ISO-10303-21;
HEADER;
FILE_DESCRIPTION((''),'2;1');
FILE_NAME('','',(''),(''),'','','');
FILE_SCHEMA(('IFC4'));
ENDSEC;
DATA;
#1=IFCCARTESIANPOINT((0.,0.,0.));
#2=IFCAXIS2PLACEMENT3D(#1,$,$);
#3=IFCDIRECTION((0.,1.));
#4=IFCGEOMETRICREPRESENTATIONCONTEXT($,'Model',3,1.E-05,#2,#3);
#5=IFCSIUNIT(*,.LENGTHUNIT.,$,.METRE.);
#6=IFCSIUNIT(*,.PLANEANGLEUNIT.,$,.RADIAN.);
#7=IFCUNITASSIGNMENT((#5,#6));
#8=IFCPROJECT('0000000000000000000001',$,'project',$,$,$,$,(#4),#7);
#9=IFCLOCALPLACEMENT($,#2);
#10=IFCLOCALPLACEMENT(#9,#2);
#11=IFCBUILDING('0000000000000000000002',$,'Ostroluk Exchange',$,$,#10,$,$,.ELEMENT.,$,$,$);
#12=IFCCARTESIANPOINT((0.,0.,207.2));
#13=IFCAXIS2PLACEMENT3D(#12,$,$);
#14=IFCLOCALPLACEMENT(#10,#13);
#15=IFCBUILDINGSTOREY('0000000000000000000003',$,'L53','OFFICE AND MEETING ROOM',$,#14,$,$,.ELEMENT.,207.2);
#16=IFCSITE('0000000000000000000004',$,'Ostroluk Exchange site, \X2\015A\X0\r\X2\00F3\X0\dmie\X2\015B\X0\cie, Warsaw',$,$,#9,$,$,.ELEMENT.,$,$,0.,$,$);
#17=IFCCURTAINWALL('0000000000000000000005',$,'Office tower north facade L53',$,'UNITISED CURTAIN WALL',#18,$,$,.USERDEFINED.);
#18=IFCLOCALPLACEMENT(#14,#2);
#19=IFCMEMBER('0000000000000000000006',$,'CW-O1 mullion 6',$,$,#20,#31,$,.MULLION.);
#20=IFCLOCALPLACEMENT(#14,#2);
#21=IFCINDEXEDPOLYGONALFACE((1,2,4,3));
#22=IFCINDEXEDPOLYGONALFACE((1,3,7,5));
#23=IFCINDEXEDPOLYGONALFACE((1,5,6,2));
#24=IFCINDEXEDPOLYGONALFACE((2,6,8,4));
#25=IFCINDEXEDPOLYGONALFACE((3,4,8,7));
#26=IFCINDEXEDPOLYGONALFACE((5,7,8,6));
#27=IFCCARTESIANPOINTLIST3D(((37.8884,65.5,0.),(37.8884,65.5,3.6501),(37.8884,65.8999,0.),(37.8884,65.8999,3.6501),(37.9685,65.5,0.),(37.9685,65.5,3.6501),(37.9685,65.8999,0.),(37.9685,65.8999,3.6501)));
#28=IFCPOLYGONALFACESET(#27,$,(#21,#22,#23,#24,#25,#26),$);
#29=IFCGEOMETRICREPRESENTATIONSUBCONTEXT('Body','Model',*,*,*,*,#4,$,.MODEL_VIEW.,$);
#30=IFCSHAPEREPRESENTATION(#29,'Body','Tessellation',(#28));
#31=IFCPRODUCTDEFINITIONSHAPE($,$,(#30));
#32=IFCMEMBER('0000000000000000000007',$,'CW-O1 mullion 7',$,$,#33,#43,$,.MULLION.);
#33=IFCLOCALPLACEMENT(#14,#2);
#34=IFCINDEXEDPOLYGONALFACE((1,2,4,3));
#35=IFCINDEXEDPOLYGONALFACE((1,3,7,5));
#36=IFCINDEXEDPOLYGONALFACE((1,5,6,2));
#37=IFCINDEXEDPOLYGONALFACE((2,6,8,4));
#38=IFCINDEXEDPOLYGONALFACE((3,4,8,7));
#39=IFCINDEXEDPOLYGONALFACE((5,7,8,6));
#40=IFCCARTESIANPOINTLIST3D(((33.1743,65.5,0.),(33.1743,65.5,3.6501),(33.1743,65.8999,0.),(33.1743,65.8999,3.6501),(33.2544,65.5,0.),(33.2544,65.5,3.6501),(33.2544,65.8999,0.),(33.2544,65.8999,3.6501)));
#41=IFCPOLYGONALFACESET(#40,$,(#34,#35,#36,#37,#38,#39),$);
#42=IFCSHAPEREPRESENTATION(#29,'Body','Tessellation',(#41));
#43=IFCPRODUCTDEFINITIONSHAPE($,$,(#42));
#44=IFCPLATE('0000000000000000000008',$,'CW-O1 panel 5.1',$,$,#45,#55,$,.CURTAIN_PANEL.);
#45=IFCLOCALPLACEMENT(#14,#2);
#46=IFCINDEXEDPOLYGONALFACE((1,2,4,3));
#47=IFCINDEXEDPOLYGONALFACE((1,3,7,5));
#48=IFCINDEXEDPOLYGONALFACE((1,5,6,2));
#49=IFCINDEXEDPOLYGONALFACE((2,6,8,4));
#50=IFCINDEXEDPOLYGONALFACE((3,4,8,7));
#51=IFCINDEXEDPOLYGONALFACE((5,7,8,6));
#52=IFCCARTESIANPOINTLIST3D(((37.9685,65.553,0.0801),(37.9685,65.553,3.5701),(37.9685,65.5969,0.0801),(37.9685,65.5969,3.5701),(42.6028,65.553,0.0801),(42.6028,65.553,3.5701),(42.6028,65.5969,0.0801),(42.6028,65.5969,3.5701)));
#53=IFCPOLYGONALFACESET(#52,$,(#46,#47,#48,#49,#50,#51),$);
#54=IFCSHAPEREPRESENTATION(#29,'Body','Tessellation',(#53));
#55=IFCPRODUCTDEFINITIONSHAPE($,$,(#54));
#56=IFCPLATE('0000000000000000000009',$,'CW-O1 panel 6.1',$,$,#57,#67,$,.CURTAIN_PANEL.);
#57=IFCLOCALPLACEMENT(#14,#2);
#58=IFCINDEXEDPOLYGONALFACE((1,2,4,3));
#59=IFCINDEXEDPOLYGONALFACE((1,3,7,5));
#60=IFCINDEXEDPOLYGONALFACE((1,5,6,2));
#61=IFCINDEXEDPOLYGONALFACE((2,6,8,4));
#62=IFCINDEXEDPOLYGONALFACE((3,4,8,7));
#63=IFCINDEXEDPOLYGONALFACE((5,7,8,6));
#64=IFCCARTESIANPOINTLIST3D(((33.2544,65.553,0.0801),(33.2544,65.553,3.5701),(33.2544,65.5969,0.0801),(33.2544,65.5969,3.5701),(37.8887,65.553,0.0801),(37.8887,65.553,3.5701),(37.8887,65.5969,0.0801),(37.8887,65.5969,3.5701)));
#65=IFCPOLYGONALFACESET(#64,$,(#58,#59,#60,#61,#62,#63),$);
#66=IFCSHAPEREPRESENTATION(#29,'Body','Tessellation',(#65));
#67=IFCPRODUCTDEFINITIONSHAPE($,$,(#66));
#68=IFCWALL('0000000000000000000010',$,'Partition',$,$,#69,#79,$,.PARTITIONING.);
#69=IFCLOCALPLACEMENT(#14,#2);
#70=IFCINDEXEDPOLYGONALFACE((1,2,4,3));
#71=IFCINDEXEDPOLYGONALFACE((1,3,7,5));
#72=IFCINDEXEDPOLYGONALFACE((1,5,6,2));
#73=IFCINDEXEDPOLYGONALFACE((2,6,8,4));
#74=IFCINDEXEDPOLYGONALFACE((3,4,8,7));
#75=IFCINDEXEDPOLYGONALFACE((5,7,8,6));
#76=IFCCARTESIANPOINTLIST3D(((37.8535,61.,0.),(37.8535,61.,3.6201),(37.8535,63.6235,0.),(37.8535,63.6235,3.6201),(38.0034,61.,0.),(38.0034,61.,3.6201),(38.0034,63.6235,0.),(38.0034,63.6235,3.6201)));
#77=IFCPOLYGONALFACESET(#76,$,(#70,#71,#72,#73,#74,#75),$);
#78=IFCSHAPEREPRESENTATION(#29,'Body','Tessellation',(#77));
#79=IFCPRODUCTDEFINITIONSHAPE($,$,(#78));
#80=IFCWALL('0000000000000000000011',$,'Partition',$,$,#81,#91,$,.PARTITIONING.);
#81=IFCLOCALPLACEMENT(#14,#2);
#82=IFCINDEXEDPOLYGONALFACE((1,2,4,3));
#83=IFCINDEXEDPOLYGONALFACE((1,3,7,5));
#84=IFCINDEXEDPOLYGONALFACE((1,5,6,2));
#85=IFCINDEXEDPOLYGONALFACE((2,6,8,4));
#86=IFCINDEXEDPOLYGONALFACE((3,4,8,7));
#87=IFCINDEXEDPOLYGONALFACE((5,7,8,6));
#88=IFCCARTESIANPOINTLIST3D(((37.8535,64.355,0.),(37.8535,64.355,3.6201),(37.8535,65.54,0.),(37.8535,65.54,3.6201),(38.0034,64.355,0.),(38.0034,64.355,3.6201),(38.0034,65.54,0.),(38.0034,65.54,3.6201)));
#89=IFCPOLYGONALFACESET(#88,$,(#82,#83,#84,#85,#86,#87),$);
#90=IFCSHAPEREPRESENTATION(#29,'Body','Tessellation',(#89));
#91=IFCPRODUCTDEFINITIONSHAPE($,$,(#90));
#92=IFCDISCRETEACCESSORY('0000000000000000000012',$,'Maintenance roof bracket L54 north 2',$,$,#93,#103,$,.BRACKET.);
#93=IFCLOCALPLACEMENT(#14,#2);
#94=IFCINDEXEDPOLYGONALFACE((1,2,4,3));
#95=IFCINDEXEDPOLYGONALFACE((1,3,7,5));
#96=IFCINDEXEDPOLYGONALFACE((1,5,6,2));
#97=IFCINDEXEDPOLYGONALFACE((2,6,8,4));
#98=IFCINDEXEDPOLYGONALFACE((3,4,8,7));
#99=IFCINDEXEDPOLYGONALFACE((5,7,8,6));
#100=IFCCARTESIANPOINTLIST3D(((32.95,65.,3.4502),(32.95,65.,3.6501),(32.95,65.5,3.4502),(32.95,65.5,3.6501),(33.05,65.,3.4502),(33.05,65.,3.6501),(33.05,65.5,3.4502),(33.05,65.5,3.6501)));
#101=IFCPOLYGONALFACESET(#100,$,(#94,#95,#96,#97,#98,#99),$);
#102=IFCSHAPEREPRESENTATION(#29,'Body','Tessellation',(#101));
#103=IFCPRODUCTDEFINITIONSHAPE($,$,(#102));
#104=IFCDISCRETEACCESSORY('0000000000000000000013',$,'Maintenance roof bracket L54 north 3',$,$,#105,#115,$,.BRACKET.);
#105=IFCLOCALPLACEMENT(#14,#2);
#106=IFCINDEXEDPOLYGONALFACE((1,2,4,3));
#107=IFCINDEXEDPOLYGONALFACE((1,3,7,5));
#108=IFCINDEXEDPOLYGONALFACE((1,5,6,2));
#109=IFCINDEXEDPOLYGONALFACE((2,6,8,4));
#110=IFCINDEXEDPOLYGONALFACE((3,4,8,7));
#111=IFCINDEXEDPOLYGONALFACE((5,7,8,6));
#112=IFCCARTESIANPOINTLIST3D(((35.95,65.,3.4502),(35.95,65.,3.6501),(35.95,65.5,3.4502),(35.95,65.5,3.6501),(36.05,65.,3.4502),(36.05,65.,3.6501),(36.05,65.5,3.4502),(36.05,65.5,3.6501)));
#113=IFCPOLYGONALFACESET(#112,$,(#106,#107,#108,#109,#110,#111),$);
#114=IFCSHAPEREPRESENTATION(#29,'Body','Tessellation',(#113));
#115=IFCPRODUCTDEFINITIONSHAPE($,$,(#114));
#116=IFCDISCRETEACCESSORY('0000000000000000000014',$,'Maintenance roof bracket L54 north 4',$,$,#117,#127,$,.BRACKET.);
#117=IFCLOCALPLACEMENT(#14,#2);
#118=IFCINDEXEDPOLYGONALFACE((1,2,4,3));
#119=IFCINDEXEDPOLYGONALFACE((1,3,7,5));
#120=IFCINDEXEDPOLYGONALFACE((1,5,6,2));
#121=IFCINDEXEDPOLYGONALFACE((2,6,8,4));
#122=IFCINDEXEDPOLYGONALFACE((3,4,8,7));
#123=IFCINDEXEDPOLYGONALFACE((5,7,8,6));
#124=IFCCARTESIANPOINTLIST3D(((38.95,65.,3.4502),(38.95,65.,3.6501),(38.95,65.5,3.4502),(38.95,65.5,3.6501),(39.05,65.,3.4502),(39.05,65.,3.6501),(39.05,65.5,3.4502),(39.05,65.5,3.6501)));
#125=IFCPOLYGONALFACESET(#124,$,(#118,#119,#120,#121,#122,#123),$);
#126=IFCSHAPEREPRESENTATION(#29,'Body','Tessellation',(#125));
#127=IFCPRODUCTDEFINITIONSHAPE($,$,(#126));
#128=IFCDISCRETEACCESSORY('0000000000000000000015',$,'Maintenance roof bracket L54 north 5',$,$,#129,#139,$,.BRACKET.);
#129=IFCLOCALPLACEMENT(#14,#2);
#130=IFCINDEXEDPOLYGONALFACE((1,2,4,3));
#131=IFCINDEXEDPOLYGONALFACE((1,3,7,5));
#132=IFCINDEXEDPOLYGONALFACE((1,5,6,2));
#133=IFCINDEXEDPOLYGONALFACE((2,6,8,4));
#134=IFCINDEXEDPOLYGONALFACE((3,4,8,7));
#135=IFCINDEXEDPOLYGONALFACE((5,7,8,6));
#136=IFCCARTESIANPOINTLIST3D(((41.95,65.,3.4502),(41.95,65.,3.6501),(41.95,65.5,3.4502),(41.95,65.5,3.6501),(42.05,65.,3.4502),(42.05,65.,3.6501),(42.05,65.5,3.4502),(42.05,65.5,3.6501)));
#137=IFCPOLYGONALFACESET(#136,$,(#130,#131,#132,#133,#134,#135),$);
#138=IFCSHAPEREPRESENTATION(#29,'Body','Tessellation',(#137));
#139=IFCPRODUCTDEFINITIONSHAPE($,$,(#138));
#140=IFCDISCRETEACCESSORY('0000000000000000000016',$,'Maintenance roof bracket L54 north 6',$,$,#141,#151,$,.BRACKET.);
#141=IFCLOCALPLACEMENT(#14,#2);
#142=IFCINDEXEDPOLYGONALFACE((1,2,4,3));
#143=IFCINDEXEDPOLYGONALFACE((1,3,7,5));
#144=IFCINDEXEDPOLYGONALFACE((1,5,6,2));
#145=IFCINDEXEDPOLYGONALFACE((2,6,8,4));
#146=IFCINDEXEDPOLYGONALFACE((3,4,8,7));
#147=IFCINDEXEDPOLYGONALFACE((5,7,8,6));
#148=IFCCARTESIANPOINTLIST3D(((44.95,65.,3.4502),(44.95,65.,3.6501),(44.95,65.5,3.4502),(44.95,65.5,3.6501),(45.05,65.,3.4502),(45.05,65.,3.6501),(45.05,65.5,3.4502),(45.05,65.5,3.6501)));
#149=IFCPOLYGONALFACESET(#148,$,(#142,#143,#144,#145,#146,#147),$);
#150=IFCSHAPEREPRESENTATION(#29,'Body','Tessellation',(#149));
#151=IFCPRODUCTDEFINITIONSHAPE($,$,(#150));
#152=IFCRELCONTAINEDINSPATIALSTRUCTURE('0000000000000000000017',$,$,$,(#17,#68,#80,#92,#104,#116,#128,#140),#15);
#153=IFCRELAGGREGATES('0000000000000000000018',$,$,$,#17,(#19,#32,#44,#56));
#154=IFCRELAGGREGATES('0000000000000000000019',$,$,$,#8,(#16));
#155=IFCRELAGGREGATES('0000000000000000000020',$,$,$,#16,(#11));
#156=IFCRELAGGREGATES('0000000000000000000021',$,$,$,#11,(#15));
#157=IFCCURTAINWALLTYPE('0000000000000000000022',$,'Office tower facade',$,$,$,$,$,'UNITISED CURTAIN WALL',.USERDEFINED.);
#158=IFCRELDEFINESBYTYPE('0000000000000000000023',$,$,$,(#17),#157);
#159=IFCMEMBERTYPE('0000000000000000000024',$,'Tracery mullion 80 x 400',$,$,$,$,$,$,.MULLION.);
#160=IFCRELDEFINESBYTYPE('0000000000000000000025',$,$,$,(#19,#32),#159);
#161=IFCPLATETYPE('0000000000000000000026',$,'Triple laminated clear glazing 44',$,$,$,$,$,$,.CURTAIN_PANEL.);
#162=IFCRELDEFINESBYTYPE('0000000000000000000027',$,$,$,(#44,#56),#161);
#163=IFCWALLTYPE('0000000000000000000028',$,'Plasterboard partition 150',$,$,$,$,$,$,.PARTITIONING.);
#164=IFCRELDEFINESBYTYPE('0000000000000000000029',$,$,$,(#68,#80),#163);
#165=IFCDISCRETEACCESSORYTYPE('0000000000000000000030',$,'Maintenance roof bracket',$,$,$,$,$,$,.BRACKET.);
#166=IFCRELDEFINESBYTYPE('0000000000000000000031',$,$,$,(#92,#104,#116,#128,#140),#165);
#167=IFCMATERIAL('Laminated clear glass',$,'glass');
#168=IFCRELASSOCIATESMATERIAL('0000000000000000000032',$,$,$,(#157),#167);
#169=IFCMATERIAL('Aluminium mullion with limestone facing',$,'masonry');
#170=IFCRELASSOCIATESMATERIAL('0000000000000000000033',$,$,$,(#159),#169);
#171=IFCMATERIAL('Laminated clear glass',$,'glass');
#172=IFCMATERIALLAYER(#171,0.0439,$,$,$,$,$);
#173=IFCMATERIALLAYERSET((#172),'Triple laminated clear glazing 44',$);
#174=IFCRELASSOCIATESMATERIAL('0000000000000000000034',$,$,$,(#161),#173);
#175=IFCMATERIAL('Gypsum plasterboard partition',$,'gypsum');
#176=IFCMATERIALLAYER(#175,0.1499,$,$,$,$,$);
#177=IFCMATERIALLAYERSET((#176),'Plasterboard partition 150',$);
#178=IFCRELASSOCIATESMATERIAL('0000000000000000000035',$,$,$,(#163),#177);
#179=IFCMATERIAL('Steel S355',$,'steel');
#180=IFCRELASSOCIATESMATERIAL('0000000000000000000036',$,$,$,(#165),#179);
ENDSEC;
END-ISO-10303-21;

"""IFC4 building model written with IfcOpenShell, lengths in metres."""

from ifc_helpers import new_model, si_unit, direction, frame, frame_2d, origin, origin_2d, place, context, subcontext, project, spatial, rectangle, extrude, material, layer, layer_set, material_profile, profile_set, type_object, element, aggregate, save


model = new_model("IFC4")

# Units and contexts
model_context = context("Model", 3, precision=1e-05, world=origin(), true_north=direction((0.0, 1.0)))
body_context = subcontext(model_context, "Body", "Model", "MODEL_VIEW")
ifc_project = project(units=[si_unit("LENGTHUNIT", "METRE"), si_unit("PLANEANGLEUNIT", "RADIAN")], contexts=[model_context])

# Site, building, storey
site_placement = place(None, origin())
site = spatial("IfcSite", under=ifc_project, at=site_placement, Name="Ostroluk Exchange site, Śródmieście, Warsaw", CompositionType="ELEMENT", RefElevation=0.0)
building_placement = place(site_placement, origin())
building = spatial("IfcBuilding", under=site, at=building_placement, Name="Ostroluk Exchange", CompositionType="ELEMENT")
storey_placement = place(building_placement, frame((0.0, 0.0, 207.2)))
storey = spatial("IfcBuildingStorey", under=building, at=storey_placement, Name="L53", Description="OFFICE AND MEETING ROOM", CompositionType="ELEMENT", Elevation=207.2)

# Curtain wall, members, plates
ifc_material_1 = material(Name="Laminated clear glass", Category="glass")
curtain_wall_type = type_object("IfcCurtainWallType", Name="Office tower facade", ElementType="UNITISED CURTAIN WALL", PredefinedType="USERDEFINED", material=ifc_material_1)
curtain_wall_placement = place(storey_placement, origin())
curtain_wall = element("IfcCurtainWall", 1, at=curtain_wall_placement, inside=storey, type_object=curtain_wall_type, Name="Office tower north facade L53", ObjectType="UNITISED CURTAIN WALL", PredefinedType="USERDEFINED")
ifc_material_2 = material(Name="Aluminium mullion with limestone facing", Category="masonry")
ifc_material_profile_1 = material_profile(ifc_material_2, rectangle(XDim=0.3999, YDim=0.0801, at=origin_2d()), Name="Tracery mullion 80 x 400")
ifc_profile_set_1 = profile_set([ifc_material_profile_1], Name="Aluminium mullion with limestone facing")
member_type_1 = type_object("IfcMemberType", Name="Tracery mullion 80 x 400", PredefinedType="MULLION", material=ifc_profile_set_1)
member_1_placement = place(storey_placement, frame((37.9285, 65.7, 0.0), z_axis=(0.0, 0.0, 1.0), x_axis=(0.0, -1.0, 0.0)))
member_1 = element("IfcMember", 2, at=member_1_placement, type_object=member_type_1, Name="CW-O1 mullion 6", PredefinedType="MULLION", context=body_context, shape_type="SweptSolid", body=[
    extrude(rectangle(XDim=0.3999, YDim=0.0801, at=origin_2d()), origin(), (0.0, 0.0, 1.0), 3.6501),
])
member_2_placement = place(storey_placement, frame((33.2144, 65.7, 0.0), z_axis=(0.0, 0.0, 1.0), x_axis=(0.0, -1.0, 0.0)))
member_2 = element("IfcMember", 3, at=member_2_placement, type_object=member_type_1, Name="CW-O1 mullion 7", PredefinedType="MULLION", context=body_context, shape_type="SweptSolid", body=[
    extrude(rectangle(XDim=0.3999, YDim=0.0801, at=origin_2d()), origin(), (0.0, 0.0, 1.0), 3.6501),
])
ifc_material_3 = material(Name="Laminated clear glass", Category="glass")
ifc_layer_1 = layer(ifc_material_3, 0.0439)
ifc_layer_set_1 = layer_set([ifc_layer_1], Name="Triple laminated clear glazing 44")
plate_type = type_object("IfcPlateType", Name="Triple laminated clear glazing 44", PredefinedType="CURTAIN_PANEL", material=ifc_layer_set_1)
plate_1_placement = place(storey_placement, frame((40.2856, 65.575, 0.0801), z_axis=(0.0, 0.0, 1.0), x_axis=(-1.0, 0.0, 0.0)))
plate_1 = element("IfcPlate", 4, at=plate_1_placement, type_object=plate_type, Name="CW-O1 panel 5.1", PredefinedType="CURTAIN_PANEL", context=body_context, shape_type="SweptSolid", body=[
    extrude(rectangle(XDim=4.6343, YDim=0.0439, at=origin_2d()), origin(), (0.0, 0.0, 1.0), 3.49),
])
plate_2_placement = place(storey_placement, frame((35.5715, 65.575, 0.0801), z_axis=(0.0, 0.0, 1.0), x_axis=(-1.0, 0.0, 0.0)))
plate_2 = element("IfcPlate", 5, at=plate_2_placement, type_object=plate_type, Name="CW-O1 panel 6.1", PredefinedType="CURTAIN_PANEL", context=body_context, shape_type="SweptSolid", body=[
    extrude(rectangle(XDim=4.6343, YDim=0.0439, at=origin_2d()), origin(), (0.0, 0.0, 1.0), 3.49),
])
aggregate(curtain_wall, [member_1, member_2, plate_1, plate_2])

# Walls
ifc_material_4 = material(Name="Gypsum plasterboard partition", Category="gypsum")
ifc_layer_2 = layer(ifc_material_4, 0.1499)
ifc_layer_set_2 = layer_set([ifc_layer_2], Name="Plasterboard partition 150")
wall_type = type_object("IfcWallType", Name="Plasterboard partition 150", PredefinedType="PARTITIONING", material=ifc_layer_set_2)
wall_1_placement = place(storey_placement, frame((37.9285, 61.0, 0.0), z_axis=(0.0, 0.0, 1.0), x_axis=(0.0, 1.0, 0.0)))
element("IfcWall", 6, at=wall_1_placement, inside=storey, type_object=wall_type, Name="Partition", PredefinedType="PARTITIONING", context=body_context, shape_type="SweptSolid", body=[
    extrude(rectangle(XDim=2.6235, YDim=0.1499, at=frame_2d((1.3118, 0.0))), origin(), (0.0, 0.0, 1.0), 3.6201),
])
wall_2_placement = place(storey_placement, frame((37.9285, 64.355, 0.0), z_axis=(0.0, 0.0, 1.0), x_axis=(0.0, 1.0, 0.0)))
element("IfcWall", 7, at=wall_2_placement, inside=storey, type_object=wall_type, Name="Partition", PredefinedType="PARTITIONING", context=body_context, shape_type="SweptSolid", body=[
    extrude(rectangle(XDim=1.1851, YDim=0.1499, at=frame_2d((0.5925, 0.0))), origin(), (0.0, 0.0, 1.0), 3.6201),
])

# Discrete accessories
ifc_material_5 = material(Name="Steel S355", Category="steel")
discrete_accessory_type = type_object("IfcDiscreteAccessoryType", Name="Maintenance roof bracket", PredefinedType="BRACKET", material=ifc_material_5)
for number, where, z_axis, x_axis, name in (
    (8, (33.0, 65.25, 3.4502), (0.0, 0.0, 1.0), (1.0, 0.0, 0.0), "Maintenance roof bracket L54 north 2"),
    (9, (36.0, 65.25, 3.4502), (0.0, 0.0, 1.0), (1.0, 0.0, 0.0), "Maintenance roof bracket L54 north 3"),
    (10, (39.0, 65.25, 3.4502), (0.0, 0.0, 1.0), (1.0, 0.0, 0.0), "Maintenance roof bracket L54 north 4"),
    (11, (42.0, 65.25, 3.4502), (0.0, 0.0, 1.0), (1.0, 0.0, 0.0), "Maintenance roof bracket L54 north 5"),
    (12, (45.0, 65.25, 3.4502), (0.0, 0.0, 1.0), (1.0, 0.0, 0.0), "Maintenance roof bracket L54 north 6"),
):
    element("IfcDiscreteAccessory", number, at=place(storey_placement, frame(where, z_axis=z_axis, x_axis=x_axis)), inside=storey, type_object=discrete_accessory_type, Name=name, PredefinedType="BRACKET", context=body_context, shape_type="SweptSolid", body=[
        extrude(rectangle(XDim=0.1001, YDim=0.5, at=origin_2d()), origin(), (0.0, 0.0, 1.0), 0.2),
    ])

save(model, "model.ifc")
